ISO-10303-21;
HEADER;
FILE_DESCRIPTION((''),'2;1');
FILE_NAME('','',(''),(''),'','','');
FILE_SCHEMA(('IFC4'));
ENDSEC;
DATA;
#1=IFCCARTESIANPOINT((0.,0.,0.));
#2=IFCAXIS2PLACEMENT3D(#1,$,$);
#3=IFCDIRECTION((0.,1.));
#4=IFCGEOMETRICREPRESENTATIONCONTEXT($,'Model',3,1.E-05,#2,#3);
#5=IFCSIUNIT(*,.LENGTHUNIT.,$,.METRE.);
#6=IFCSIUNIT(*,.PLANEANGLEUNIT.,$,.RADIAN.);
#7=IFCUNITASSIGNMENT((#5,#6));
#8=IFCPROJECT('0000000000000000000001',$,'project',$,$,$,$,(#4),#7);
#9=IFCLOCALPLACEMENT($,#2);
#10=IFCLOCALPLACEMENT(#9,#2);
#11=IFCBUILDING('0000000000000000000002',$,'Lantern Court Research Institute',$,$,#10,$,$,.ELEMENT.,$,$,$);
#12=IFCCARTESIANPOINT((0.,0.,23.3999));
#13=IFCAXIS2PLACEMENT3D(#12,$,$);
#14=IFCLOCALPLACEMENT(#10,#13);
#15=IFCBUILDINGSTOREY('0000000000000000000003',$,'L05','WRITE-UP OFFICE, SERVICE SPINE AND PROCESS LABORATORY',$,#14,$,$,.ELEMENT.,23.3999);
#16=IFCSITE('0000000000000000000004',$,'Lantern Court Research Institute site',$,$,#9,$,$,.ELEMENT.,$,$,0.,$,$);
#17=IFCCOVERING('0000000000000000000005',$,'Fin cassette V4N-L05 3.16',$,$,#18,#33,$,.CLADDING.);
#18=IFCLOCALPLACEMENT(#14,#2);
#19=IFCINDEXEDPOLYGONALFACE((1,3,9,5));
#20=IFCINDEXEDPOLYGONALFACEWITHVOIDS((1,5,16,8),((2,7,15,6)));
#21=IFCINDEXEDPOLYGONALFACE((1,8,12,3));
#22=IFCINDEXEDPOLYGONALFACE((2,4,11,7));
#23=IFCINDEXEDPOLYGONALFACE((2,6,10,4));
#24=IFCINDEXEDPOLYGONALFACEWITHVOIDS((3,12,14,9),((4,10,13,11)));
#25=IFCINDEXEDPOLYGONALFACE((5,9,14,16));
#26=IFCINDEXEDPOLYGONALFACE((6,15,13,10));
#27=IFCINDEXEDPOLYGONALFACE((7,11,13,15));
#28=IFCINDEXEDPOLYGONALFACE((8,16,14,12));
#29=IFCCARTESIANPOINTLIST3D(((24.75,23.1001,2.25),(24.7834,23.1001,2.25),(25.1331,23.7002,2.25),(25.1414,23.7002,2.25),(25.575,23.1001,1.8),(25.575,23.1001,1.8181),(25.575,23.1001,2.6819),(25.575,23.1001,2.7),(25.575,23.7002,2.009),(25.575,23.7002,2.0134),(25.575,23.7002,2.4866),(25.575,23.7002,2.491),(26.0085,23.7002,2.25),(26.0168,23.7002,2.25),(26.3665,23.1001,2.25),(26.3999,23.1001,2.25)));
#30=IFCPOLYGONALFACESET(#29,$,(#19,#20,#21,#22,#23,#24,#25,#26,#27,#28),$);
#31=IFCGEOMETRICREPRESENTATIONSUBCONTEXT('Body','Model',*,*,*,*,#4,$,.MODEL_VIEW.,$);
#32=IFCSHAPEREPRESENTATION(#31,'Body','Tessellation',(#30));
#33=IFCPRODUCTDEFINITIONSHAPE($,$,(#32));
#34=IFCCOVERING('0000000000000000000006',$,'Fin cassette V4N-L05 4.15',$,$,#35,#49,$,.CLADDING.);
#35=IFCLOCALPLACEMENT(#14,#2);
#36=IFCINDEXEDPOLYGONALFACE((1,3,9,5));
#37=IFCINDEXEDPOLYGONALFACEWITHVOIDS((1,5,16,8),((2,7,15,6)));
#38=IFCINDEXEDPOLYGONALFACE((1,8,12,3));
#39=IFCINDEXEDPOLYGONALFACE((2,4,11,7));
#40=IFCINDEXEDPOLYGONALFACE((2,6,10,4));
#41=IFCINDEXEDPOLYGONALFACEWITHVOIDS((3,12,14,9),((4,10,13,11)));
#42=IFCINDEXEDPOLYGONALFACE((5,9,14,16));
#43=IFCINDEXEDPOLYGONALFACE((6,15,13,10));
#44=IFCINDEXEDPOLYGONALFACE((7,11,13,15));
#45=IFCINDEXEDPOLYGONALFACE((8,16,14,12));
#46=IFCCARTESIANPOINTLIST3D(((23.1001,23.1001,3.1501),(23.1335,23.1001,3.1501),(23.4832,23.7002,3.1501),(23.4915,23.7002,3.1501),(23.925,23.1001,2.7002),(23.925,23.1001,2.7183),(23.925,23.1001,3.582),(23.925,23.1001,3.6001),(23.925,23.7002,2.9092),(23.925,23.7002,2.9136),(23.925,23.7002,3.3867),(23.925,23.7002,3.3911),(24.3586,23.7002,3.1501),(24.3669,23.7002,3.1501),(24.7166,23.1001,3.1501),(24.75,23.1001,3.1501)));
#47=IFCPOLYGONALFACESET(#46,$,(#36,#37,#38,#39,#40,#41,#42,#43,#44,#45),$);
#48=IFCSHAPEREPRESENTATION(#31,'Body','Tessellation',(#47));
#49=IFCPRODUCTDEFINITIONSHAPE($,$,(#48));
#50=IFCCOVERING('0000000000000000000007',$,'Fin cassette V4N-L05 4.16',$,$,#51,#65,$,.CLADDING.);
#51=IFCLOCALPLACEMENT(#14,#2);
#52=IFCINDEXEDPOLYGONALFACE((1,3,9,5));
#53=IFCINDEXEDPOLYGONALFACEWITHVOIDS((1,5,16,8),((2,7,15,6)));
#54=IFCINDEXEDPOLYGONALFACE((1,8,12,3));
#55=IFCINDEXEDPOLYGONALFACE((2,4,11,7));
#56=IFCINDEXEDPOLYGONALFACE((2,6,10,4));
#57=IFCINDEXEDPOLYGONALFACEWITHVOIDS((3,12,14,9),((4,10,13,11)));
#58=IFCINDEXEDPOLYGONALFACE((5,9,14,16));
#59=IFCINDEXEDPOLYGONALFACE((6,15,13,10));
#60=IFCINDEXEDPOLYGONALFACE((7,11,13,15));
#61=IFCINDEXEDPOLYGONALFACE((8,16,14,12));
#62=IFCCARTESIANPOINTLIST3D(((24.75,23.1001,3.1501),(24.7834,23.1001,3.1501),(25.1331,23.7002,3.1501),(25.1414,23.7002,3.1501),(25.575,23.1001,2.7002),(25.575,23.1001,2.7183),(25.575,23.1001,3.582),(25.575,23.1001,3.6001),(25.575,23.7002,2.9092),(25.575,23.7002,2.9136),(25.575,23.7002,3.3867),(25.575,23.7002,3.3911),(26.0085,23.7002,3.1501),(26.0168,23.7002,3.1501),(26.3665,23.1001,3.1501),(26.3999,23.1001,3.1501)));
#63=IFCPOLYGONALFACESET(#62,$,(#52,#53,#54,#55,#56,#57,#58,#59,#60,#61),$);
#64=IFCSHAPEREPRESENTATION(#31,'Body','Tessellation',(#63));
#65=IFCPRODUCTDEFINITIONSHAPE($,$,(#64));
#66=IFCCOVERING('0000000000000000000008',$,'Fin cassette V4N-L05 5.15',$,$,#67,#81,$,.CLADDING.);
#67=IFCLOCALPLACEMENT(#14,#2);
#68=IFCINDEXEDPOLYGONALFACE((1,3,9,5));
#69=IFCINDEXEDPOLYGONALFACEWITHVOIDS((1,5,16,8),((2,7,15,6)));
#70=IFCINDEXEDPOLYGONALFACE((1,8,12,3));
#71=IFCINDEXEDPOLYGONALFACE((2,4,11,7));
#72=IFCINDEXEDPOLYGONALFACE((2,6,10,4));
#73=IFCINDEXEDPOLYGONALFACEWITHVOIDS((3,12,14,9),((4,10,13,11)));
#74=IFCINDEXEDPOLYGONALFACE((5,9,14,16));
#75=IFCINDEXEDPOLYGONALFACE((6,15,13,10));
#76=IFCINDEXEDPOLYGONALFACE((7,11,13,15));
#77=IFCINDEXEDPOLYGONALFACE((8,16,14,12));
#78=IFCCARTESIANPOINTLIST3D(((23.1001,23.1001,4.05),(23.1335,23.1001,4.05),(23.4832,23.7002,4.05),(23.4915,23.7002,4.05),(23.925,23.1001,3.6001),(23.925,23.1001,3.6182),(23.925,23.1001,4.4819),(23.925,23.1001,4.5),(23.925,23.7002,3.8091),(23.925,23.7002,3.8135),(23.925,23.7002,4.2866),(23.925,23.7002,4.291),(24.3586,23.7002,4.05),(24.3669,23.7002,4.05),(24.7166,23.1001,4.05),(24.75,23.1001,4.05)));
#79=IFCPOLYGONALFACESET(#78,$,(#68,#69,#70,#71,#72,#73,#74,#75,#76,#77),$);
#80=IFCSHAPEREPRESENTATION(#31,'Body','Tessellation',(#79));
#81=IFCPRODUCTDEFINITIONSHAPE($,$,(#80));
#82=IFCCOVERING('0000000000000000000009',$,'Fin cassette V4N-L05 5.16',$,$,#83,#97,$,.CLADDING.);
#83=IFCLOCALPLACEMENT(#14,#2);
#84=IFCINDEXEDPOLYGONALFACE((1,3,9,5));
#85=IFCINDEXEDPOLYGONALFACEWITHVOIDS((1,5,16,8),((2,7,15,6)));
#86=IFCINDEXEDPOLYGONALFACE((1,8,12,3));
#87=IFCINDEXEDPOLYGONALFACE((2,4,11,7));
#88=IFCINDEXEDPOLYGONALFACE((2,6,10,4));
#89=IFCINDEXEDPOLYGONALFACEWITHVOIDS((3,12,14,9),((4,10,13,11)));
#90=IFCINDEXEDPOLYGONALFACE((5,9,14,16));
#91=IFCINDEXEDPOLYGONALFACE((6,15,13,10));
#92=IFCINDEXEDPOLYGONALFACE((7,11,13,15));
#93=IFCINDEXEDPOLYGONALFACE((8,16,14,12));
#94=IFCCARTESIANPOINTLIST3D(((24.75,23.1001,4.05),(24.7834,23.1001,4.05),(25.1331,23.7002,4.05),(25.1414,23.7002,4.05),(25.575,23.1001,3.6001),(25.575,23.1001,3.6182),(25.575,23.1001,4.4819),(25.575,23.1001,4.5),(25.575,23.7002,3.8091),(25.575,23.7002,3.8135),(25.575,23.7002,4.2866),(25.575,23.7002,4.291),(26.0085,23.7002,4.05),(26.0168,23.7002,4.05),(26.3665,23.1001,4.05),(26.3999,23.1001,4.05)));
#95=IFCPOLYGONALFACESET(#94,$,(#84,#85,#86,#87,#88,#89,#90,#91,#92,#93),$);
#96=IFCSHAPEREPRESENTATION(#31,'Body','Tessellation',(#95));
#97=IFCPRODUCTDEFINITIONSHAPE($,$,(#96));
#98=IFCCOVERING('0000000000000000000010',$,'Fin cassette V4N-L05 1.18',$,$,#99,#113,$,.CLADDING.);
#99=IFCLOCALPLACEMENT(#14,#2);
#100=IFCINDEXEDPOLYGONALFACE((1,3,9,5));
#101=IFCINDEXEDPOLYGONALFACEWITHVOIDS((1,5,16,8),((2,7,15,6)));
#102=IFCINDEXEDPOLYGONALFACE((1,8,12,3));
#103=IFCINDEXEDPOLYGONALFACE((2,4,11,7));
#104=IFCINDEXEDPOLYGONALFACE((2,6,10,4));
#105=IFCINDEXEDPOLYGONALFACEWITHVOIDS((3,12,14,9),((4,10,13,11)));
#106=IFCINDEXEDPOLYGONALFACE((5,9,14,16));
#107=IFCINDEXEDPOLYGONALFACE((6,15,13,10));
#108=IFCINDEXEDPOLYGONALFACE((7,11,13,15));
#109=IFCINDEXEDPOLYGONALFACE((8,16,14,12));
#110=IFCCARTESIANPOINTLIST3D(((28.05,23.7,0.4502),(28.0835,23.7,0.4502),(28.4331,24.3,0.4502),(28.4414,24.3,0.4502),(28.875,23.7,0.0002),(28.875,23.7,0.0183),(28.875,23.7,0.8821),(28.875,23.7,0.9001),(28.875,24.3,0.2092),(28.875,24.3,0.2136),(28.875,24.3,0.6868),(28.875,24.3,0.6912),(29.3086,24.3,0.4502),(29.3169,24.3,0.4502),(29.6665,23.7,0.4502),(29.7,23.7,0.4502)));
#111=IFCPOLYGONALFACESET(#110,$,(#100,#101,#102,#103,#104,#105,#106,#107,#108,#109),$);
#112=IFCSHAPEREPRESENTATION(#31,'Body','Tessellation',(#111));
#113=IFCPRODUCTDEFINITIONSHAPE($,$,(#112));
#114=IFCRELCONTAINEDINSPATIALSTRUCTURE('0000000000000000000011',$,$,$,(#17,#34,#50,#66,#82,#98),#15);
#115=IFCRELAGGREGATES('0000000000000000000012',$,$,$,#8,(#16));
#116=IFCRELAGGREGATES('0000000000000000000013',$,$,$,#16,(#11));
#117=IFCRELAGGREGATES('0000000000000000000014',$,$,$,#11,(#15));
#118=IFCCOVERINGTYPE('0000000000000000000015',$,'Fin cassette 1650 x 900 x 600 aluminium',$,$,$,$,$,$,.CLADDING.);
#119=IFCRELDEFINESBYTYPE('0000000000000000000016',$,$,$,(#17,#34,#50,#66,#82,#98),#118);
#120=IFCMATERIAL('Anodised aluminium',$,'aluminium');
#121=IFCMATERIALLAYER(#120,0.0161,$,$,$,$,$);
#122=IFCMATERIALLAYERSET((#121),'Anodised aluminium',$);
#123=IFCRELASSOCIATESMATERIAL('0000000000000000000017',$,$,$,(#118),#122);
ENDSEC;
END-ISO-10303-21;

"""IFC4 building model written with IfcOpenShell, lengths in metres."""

from ifc_helpers import new_model, entity, si_unit, direction, frame, origin, place, context, subcontext, project, spatial, material, layer, layer_set, type_object, element, save


model = new_model("IFC4")

# Units and contexts
model_context = context("Model", 3, precision=1e-05, world=origin(), true_north=direction((0.0, 1.0)))
body_context = subcontext(model_context, "Body", "Model", "MODEL_VIEW")
ifc_project = project(units=[si_unit("LENGTHUNIT", "METRE"), si_unit("PLANEANGLEUNIT", "RADIAN")], contexts=[model_context])

# Site, building, storey
site_placement = place(None, origin())
site = spatial("IfcSite", under=ifc_project, at=site_placement, Name="Lantern Court Research Institute site", CompositionType="ELEMENT", RefElevation=0.0)
building_placement = place(site_placement, origin())
building = spatial("IfcBuilding", under=site, at=building_placement, Name="Lantern Court Research Institute", CompositionType="ELEMENT")
storey_placement = place(building_placement, frame((0.0, 0.0, 23.3999)))
storey = spatial("IfcBuildingStorey", under=building, at=storey_placement, Name="L05", Description="WRITE-UP OFFICE, SERVICE SPINE AND PROCESS LABORATORY", CompositionType="ELEMENT", Elevation=23.3999)

# Coverings
ifc_material_1 = material(Name="Anodised aluminium", Category="aluminium")
ifc_layer_1 = layer(ifc_material_1, 0.0161)
ifc_layer_set_1 = layer_set([ifc_layer_1], Name="Anodised aluminium")
covering_type = type_object("IfcCoveringType", Name="Fin cassette 1650 x 900 x 600 aluminium", PredefinedType="CLADDING", material=ifc_layer_set_1)
covering_1_placement = place(storey_placement, frame((25.575, 23.1001, 2.25), z_axis=(0.0, 1.0, 0.0), x_axis=(-1.0, 0.0, 0.0)))
cartesian_point_1 = entity("IfcCartesianPoint", [0.825, 0.0])
cartesian_point_2 = entity("IfcCartesianPoint", [0.7915, 0.0])
cartesian_point_3 = entity("IfcCartesianPoint", [0.4419, 0.0])
cartesian_point_4 = entity("IfcCartesianPoint", [0.4336, 0.0])
element("IfcCovering", 1, at=covering_1_placement, inside=storey, type_object=covering_type, Name="Fin cassette V4N-L05 3.16", PredefinedType="CLADDING", context=body_context, shape_type="SweptSolid", body=[
    entity("IfcExtrudedAreaSolidTapered", entity("IfcArbitraryProfileDefWithVoids", "AREA", None, entity("IfcPolyline", [cartesian_point_1, entity("IfcCartesianPoint", [0.0, 0.45]), entity("IfcCartesianPoint", [-0.825, 0.0]), entity("IfcCartesianPoint", [0.0, -0.45]), cartesian_point_1]), [entity("IfcPolyline", [cartesian_point_2, entity("IfcCartesianPoint", [0.0, 0.4319]), entity("IfcCartesianPoint", [-0.7915, 0.0]), entity("IfcCartesianPoint", [0.0, -0.4319]), cartesian_point_2])]), entity("IfcAxis2Placement3D", entity("IfcCartesianPoint", [0.0, 0.0, 0.0])), entity("IfcDirection", [0.0, 0.0, 1.0]), 0.6001, entity("IfcArbitraryProfileDefWithVoids", "AREA", None, entity("IfcPolyline", [cartesian_point_3, entity("IfcCartesianPoint", [0.0, 0.241]), entity("IfcCartesianPoint", [-0.4419, 0.0]), entity("IfcCartesianPoint", [0.0, -0.241]), cartesian_point_3]), [entity("IfcPolyline", [cartesian_point_4, entity("IfcCartesianPoint", [0.0, 0.2366]), entity("IfcCartesianPoint", [-0.4336, 0.0]), entity("IfcCartesianPoint", [0.0, -0.2366]), cartesian_point_4])])),
])
covering_2_placement = place(storey_placement, frame((23.925, 23.1001, 3.1501), z_axis=(0.0, 1.0, 0.0), x_axis=(-1.0, 0.0, 0.0)))
cartesian_point_5 = entity("IfcCartesianPoint", [0.825, 0.0])
cartesian_point_6 = entity("IfcCartesianPoint", [0.7915, 0.0])
cartesian_point_7 = entity("IfcCartesianPoint", [0.4419, 0.0])
cartesian_point_8 = entity("IfcCartesianPoint", [0.4336, 0.0])
element("IfcCovering", 2, at=covering_2_placement, inside=storey, type_object=covering_type, Name="Fin cassette V4N-L05 4.15", PredefinedType="CLADDING", context=body_context, shape_type="SweptSolid", body=[
    entity("IfcExtrudedAreaSolidTapered", entity("IfcArbitraryProfileDefWithVoids", "AREA", None, entity("IfcPolyline", [cartesian_point_5, entity("IfcCartesianPoint", [0.0, 0.45]), entity("IfcCartesianPoint", [-0.825, 0.0]), entity("IfcCartesianPoint", [0.0, -0.45]), cartesian_point_5]), [entity("IfcPolyline", [cartesian_point_6, entity("IfcCartesianPoint", [0.0, 0.4319]), entity("IfcCartesianPoint", [-0.7915, 0.0]), entity("IfcCartesianPoint", [0.0, -0.4319]), cartesian_point_6])]), entity("IfcAxis2Placement3D", entity("IfcCartesianPoint", [0.0, 0.0, 0.0])), entity("IfcDirection", [0.0, 0.0, 1.0]), 0.6001, entity("IfcArbitraryProfileDefWithVoids", "AREA", None, entity("IfcPolyline", [cartesian_point_7, entity("IfcCartesianPoint", [0.0, 0.241]), entity("IfcCartesianPoint", [-0.4419, 0.0]), entity("IfcCartesianPoint", [0.0, -0.241]), cartesian_point_7]), [entity("IfcPolyline", [cartesian_point_8, entity("IfcCartesianPoint", [0.0, 0.2366]), entity("IfcCartesianPoint", [-0.4336, 0.0]), entity("IfcCartesianPoint", [0.0, -0.2366]), cartesian_point_8])])),
])
covering_3_placement = place(storey_placement, frame((25.575, 23.1001, 3.1501), z_axis=(0.0, 1.0, 0.0), x_axis=(-1.0, 0.0, 0.0)))
cartesian_point_9 = entity("IfcCartesianPoint", [0.825, 0.0])
cartesian_point_10 = entity("IfcCartesianPoint", [0.7915, 0.0])
cartesian_point_11 = entity("IfcCartesianPoint", [0.4419, 0.0])
cartesian_point_12 = entity("IfcCartesianPoint", [0.4336, 0.0])
element("IfcCovering", 3, at=covering_3_placement, inside=storey, type_object=covering_type, Name="Fin cassette V4N-L05 4.16", PredefinedType="CLADDING", context=body_context, shape_type="SweptSolid", body=[
    entity("IfcExtrudedAreaSolidTapered", entity("IfcArbitraryProfileDefWithVoids", "AREA", None, entity("IfcPolyline", [cartesian_point_9, entity("IfcCartesianPoint", [0.0, 0.45]), entity("IfcCartesianPoint", [-0.825, 0.0]), entity("IfcCartesianPoint", [0.0, -0.45]), cartesian_point_9]), [entity("IfcPolyline", [cartesian_point_10, entity("IfcCartesianPoint", [0.0, 0.4319]), entity("IfcCartesianPoint", [-0.7915, 0.0]), entity("IfcCartesianPoint", [0.0, -0.4319]), cartesian_point_10])]), entity("IfcAxis2Placement3D", entity("IfcCartesianPoint", [0.0, 0.0, 0.0])), entity("IfcDirection", [0.0, 0.0, 1.0]), 0.6001, entity("IfcArbitraryProfileDefWithVoids", "AREA", None, entity("IfcPolyline", [cartesian_point_11, entity("IfcCartesianPoint", [0.0, 0.241]), entity("IfcCartesianPoint", [-0.4419, 0.0]), entity("IfcCartesianPoint", [0.0, -0.241]), cartesian_point_11]), [entity("IfcPolyline", [cartesian_point_12, entity("IfcCartesianPoint", [0.0, 0.2366]), entity("IfcCartesianPoint", [-0.4336, 0.0]), entity("IfcCartesianPoint", [0.0, -0.2366]), cartesian_point_12])])),
])
covering_4_placement = place(storey_placement, frame((23.925, 23.1001, 4.05), z_axis=(0.0, 1.0, 0.0), x_axis=(-1.0, 0.0, 0.0)))
cartesian_point_13 = entity("IfcCartesianPoint", [0.825, 0.0])
cartesian_point_14 = entity("IfcCartesianPoint", [0.7915, 0.0])
cartesian_point_15 = entity("IfcCartesianPoint", [0.4419, 0.0])
cartesian_point_16 = entity("IfcCartesianPoint", [0.4336, 0.0])
element("IfcCovering", 4, at=covering_4_placement, inside=storey, type_object=covering_type, Name="Fin cassette V4N-L05 5.15", PredefinedType="CLADDING", context=body_context, shape_type="SweptSolid", body=[
    entity("IfcExtrudedAreaSolidTapered", entity("IfcArbitraryProfileDefWithVoids", "AREA", None, entity("IfcPolyline", [cartesian_point_13, entity("IfcCartesianPoint", [0.0, 0.45]), entity("IfcCartesianPoint", [-0.825, 0.0]), entity("IfcCartesianPoint", [0.0, -0.45]), cartesian_point_13]), [entity("IfcPolyline", [cartesian_point_14, entity("IfcCartesianPoint", [0.0, 0.4319]), entity("IfcCartesianPoint", [-0.7915, 0.0]), entity("IfcCartesianPoint", [0.0, -0.4319]), cartesian_point_14])]), entity("IfcAxis2Placement3D", entity("IfcCartesianPoint", [0.0, 0.0, 0.0])), entity("IfcDirection", [0.0, 0.0, 1.0]), 0.6001, entity("IfcArbitraryProfileDefWithVoids", "AREA", None, entity("IfcPolyline", [cartesian_point_15, entity("IfcCartesianPoint", [0.0, 0.241]), entity("IfcCartesianPoint", [-0.4419, 0.0]), entity("IfcCartesianPoint", [0.0, -0.241]), cartesian_point_15]), [entity("IfcPolyline", [cartesian_point_16, entity("IfcCartesianPoint", [0.0, 0.2366]), entity("IfcCartesianPoint", [-0.4336, 0.0]), entity("IfcCartesianPoint", [0.0, -0.2366]), cartesian_point_16])])),
])
covering_5_placement = place(storey_placement, frame((25.575, 23.1001, 4.05), z_axis=(0.0, 1.0, 0.0), x_axis=(-1.0, 0.0, 0.0)))
cartesian_point_17 = entity("IfcCartesianPoint", [0.825, 0.0])
cartesian_point_18 = entity("IfcCartesianPoint", [0.7915, 0.0])
cartesian_point_19 = entity("IfcCartesianPoint", [0.4419, 0.0])
cartesian_point_20 = entity("IfcCartesianPoint", [0.4336, 0.0])
element("IfcCovering", 5, at=covering_5_placement, inside=storey, type_object=covering_type, Name="Fin cassette V4N-L05 5.16", PredefinedType="CLADDING", context=body_context, shape_type="SweptSolid", body=[
    entity("IfcExtrudedAreaSolidTapered", entity("IfcArbitraryProfileDefWithVoids", "AREA", None, entity("IfcPolyline", [cartesian_point_17, entity("IfcCartesianPoint", [0.0, 0.45]), entity("IfcCartesianPoint", [-0.825, 0.0]), entity("IfcCartesianPoint", [0.0, -0.45]), cartesian_point_17]), [entity("IfcPolyline", [cartesian_point_18, entity("IfcCartesianPoint", [0.0, 0.4319]), entity("IfcCartesianPoint", [-0.7915, 0.0]), entity("IfcCartesianPoint", [0.0, -0.4319]), cartesian_point_18])]), entity("IfcAxis2Placement3D", entity("IfcCartesianPoint", [0.0, 0.0, 0.0])), entity("IfcDirection", [0.0, 0.0, 1.0]), 0.6001, entity("IfcArbitraryProfileDefWithVoids", "AREA", None, entity("IfcPolyline", [cartesian_point_19, entity("IfcCartesianPoint", [0.0, 0.241]), entity("IfcCartesianPoint", [-0.4419, 0.0]), entity("IfcCartesianPoint", [0.0, -0.241]), cartesian_point_19]), [entity("IfcPolyline", [cartesian_point_20, entity("IfcCartesianPoint", [0.0, 0.2366]), entity("IfcCartesianPoint", [-0.4336, 0.0]), entity("IfcCartesianPoint", [0.0, -0.2366]), cartesian_point_20])])),
])
covering_6_placement = place(storey_placement, frame((28.875, 23.7, 0.4502), z_axis=(0.0, 1.0, 0.0), x_axis=(-1.0, 0.0, 0.0)))
cartesian_point_21 = entity("IfcCartesianPoint", [0.825, 0.0])
cartesian_point_22 = entity("IfcCartesianPoint", [0.7915, 0.0])
cartesian_point_23 = entity("IfcCartesianPoint", [0.4419, 0.0])
cartesian_point_24 = entity("IfcCartesianPoint", [0.4336, 0.0])
element("IfcCovering", 6, at=covering_6_placement, inside=storey, type_object=covering_type, Name="Fin cassette V4N-L05 1.18", PredefinedType="CLADDING", context=body_context, shape_type="SweptSolid", body=[
    entity("IfcExtrudedAreaSolidTapered", entity("IfcArbitraryProfileDefWithVoids", "AREA", None, entity("IfcPolyline", [cartesian_point_21, entity("IfcCartesianPoint", [0.0, 0.45]), entity("IfcCartesianPoint", [-0.825, 0.0]), entity("IfcCartesianPoint", [0.0, -0.45]), cartesian_point_21]), [entity("IfcPolyline", [cartesian_point_22, entity("IfcCartesianPoint", [0.0, 0.4319]), entity("IfcCartesianPoint", [-0.7915, 0.0]), entity("IfcCartesianPoint", [0.0, -0.4319]), cartesian_point_22])]), entity("IfcAxis2Placement3D", entity("IfcCartesianPoint", [0.0, 0.0, 0.0])), entity("IfcDirection", [0.0, 0.0, 1.0]), 0.6001, entity("IfcArbitraryProfileDefWithVoids", "AREA", None, entity("IfcPolyline", [cartesian_point_23, entity("IfcCartesianPoint", [0.0, 0.241]), entity("IfcCartesianPoint", [-0.4419, 0.0]), entity("IfcCartesianPoint", [0.0, -0.241]), cartesian_point_23]), [entity("IfcPolyline", [cartesian_point_24, entity("IfcCartesianPoint", [0.0, 0.2366]), entity("IfcCartesianPoint", [-0.4336, 0.0]), entity("IfcCartesianPoint", [0.0, -0.2366]), cartesian_point_24])])),
])

save(model, "model.ifc")
